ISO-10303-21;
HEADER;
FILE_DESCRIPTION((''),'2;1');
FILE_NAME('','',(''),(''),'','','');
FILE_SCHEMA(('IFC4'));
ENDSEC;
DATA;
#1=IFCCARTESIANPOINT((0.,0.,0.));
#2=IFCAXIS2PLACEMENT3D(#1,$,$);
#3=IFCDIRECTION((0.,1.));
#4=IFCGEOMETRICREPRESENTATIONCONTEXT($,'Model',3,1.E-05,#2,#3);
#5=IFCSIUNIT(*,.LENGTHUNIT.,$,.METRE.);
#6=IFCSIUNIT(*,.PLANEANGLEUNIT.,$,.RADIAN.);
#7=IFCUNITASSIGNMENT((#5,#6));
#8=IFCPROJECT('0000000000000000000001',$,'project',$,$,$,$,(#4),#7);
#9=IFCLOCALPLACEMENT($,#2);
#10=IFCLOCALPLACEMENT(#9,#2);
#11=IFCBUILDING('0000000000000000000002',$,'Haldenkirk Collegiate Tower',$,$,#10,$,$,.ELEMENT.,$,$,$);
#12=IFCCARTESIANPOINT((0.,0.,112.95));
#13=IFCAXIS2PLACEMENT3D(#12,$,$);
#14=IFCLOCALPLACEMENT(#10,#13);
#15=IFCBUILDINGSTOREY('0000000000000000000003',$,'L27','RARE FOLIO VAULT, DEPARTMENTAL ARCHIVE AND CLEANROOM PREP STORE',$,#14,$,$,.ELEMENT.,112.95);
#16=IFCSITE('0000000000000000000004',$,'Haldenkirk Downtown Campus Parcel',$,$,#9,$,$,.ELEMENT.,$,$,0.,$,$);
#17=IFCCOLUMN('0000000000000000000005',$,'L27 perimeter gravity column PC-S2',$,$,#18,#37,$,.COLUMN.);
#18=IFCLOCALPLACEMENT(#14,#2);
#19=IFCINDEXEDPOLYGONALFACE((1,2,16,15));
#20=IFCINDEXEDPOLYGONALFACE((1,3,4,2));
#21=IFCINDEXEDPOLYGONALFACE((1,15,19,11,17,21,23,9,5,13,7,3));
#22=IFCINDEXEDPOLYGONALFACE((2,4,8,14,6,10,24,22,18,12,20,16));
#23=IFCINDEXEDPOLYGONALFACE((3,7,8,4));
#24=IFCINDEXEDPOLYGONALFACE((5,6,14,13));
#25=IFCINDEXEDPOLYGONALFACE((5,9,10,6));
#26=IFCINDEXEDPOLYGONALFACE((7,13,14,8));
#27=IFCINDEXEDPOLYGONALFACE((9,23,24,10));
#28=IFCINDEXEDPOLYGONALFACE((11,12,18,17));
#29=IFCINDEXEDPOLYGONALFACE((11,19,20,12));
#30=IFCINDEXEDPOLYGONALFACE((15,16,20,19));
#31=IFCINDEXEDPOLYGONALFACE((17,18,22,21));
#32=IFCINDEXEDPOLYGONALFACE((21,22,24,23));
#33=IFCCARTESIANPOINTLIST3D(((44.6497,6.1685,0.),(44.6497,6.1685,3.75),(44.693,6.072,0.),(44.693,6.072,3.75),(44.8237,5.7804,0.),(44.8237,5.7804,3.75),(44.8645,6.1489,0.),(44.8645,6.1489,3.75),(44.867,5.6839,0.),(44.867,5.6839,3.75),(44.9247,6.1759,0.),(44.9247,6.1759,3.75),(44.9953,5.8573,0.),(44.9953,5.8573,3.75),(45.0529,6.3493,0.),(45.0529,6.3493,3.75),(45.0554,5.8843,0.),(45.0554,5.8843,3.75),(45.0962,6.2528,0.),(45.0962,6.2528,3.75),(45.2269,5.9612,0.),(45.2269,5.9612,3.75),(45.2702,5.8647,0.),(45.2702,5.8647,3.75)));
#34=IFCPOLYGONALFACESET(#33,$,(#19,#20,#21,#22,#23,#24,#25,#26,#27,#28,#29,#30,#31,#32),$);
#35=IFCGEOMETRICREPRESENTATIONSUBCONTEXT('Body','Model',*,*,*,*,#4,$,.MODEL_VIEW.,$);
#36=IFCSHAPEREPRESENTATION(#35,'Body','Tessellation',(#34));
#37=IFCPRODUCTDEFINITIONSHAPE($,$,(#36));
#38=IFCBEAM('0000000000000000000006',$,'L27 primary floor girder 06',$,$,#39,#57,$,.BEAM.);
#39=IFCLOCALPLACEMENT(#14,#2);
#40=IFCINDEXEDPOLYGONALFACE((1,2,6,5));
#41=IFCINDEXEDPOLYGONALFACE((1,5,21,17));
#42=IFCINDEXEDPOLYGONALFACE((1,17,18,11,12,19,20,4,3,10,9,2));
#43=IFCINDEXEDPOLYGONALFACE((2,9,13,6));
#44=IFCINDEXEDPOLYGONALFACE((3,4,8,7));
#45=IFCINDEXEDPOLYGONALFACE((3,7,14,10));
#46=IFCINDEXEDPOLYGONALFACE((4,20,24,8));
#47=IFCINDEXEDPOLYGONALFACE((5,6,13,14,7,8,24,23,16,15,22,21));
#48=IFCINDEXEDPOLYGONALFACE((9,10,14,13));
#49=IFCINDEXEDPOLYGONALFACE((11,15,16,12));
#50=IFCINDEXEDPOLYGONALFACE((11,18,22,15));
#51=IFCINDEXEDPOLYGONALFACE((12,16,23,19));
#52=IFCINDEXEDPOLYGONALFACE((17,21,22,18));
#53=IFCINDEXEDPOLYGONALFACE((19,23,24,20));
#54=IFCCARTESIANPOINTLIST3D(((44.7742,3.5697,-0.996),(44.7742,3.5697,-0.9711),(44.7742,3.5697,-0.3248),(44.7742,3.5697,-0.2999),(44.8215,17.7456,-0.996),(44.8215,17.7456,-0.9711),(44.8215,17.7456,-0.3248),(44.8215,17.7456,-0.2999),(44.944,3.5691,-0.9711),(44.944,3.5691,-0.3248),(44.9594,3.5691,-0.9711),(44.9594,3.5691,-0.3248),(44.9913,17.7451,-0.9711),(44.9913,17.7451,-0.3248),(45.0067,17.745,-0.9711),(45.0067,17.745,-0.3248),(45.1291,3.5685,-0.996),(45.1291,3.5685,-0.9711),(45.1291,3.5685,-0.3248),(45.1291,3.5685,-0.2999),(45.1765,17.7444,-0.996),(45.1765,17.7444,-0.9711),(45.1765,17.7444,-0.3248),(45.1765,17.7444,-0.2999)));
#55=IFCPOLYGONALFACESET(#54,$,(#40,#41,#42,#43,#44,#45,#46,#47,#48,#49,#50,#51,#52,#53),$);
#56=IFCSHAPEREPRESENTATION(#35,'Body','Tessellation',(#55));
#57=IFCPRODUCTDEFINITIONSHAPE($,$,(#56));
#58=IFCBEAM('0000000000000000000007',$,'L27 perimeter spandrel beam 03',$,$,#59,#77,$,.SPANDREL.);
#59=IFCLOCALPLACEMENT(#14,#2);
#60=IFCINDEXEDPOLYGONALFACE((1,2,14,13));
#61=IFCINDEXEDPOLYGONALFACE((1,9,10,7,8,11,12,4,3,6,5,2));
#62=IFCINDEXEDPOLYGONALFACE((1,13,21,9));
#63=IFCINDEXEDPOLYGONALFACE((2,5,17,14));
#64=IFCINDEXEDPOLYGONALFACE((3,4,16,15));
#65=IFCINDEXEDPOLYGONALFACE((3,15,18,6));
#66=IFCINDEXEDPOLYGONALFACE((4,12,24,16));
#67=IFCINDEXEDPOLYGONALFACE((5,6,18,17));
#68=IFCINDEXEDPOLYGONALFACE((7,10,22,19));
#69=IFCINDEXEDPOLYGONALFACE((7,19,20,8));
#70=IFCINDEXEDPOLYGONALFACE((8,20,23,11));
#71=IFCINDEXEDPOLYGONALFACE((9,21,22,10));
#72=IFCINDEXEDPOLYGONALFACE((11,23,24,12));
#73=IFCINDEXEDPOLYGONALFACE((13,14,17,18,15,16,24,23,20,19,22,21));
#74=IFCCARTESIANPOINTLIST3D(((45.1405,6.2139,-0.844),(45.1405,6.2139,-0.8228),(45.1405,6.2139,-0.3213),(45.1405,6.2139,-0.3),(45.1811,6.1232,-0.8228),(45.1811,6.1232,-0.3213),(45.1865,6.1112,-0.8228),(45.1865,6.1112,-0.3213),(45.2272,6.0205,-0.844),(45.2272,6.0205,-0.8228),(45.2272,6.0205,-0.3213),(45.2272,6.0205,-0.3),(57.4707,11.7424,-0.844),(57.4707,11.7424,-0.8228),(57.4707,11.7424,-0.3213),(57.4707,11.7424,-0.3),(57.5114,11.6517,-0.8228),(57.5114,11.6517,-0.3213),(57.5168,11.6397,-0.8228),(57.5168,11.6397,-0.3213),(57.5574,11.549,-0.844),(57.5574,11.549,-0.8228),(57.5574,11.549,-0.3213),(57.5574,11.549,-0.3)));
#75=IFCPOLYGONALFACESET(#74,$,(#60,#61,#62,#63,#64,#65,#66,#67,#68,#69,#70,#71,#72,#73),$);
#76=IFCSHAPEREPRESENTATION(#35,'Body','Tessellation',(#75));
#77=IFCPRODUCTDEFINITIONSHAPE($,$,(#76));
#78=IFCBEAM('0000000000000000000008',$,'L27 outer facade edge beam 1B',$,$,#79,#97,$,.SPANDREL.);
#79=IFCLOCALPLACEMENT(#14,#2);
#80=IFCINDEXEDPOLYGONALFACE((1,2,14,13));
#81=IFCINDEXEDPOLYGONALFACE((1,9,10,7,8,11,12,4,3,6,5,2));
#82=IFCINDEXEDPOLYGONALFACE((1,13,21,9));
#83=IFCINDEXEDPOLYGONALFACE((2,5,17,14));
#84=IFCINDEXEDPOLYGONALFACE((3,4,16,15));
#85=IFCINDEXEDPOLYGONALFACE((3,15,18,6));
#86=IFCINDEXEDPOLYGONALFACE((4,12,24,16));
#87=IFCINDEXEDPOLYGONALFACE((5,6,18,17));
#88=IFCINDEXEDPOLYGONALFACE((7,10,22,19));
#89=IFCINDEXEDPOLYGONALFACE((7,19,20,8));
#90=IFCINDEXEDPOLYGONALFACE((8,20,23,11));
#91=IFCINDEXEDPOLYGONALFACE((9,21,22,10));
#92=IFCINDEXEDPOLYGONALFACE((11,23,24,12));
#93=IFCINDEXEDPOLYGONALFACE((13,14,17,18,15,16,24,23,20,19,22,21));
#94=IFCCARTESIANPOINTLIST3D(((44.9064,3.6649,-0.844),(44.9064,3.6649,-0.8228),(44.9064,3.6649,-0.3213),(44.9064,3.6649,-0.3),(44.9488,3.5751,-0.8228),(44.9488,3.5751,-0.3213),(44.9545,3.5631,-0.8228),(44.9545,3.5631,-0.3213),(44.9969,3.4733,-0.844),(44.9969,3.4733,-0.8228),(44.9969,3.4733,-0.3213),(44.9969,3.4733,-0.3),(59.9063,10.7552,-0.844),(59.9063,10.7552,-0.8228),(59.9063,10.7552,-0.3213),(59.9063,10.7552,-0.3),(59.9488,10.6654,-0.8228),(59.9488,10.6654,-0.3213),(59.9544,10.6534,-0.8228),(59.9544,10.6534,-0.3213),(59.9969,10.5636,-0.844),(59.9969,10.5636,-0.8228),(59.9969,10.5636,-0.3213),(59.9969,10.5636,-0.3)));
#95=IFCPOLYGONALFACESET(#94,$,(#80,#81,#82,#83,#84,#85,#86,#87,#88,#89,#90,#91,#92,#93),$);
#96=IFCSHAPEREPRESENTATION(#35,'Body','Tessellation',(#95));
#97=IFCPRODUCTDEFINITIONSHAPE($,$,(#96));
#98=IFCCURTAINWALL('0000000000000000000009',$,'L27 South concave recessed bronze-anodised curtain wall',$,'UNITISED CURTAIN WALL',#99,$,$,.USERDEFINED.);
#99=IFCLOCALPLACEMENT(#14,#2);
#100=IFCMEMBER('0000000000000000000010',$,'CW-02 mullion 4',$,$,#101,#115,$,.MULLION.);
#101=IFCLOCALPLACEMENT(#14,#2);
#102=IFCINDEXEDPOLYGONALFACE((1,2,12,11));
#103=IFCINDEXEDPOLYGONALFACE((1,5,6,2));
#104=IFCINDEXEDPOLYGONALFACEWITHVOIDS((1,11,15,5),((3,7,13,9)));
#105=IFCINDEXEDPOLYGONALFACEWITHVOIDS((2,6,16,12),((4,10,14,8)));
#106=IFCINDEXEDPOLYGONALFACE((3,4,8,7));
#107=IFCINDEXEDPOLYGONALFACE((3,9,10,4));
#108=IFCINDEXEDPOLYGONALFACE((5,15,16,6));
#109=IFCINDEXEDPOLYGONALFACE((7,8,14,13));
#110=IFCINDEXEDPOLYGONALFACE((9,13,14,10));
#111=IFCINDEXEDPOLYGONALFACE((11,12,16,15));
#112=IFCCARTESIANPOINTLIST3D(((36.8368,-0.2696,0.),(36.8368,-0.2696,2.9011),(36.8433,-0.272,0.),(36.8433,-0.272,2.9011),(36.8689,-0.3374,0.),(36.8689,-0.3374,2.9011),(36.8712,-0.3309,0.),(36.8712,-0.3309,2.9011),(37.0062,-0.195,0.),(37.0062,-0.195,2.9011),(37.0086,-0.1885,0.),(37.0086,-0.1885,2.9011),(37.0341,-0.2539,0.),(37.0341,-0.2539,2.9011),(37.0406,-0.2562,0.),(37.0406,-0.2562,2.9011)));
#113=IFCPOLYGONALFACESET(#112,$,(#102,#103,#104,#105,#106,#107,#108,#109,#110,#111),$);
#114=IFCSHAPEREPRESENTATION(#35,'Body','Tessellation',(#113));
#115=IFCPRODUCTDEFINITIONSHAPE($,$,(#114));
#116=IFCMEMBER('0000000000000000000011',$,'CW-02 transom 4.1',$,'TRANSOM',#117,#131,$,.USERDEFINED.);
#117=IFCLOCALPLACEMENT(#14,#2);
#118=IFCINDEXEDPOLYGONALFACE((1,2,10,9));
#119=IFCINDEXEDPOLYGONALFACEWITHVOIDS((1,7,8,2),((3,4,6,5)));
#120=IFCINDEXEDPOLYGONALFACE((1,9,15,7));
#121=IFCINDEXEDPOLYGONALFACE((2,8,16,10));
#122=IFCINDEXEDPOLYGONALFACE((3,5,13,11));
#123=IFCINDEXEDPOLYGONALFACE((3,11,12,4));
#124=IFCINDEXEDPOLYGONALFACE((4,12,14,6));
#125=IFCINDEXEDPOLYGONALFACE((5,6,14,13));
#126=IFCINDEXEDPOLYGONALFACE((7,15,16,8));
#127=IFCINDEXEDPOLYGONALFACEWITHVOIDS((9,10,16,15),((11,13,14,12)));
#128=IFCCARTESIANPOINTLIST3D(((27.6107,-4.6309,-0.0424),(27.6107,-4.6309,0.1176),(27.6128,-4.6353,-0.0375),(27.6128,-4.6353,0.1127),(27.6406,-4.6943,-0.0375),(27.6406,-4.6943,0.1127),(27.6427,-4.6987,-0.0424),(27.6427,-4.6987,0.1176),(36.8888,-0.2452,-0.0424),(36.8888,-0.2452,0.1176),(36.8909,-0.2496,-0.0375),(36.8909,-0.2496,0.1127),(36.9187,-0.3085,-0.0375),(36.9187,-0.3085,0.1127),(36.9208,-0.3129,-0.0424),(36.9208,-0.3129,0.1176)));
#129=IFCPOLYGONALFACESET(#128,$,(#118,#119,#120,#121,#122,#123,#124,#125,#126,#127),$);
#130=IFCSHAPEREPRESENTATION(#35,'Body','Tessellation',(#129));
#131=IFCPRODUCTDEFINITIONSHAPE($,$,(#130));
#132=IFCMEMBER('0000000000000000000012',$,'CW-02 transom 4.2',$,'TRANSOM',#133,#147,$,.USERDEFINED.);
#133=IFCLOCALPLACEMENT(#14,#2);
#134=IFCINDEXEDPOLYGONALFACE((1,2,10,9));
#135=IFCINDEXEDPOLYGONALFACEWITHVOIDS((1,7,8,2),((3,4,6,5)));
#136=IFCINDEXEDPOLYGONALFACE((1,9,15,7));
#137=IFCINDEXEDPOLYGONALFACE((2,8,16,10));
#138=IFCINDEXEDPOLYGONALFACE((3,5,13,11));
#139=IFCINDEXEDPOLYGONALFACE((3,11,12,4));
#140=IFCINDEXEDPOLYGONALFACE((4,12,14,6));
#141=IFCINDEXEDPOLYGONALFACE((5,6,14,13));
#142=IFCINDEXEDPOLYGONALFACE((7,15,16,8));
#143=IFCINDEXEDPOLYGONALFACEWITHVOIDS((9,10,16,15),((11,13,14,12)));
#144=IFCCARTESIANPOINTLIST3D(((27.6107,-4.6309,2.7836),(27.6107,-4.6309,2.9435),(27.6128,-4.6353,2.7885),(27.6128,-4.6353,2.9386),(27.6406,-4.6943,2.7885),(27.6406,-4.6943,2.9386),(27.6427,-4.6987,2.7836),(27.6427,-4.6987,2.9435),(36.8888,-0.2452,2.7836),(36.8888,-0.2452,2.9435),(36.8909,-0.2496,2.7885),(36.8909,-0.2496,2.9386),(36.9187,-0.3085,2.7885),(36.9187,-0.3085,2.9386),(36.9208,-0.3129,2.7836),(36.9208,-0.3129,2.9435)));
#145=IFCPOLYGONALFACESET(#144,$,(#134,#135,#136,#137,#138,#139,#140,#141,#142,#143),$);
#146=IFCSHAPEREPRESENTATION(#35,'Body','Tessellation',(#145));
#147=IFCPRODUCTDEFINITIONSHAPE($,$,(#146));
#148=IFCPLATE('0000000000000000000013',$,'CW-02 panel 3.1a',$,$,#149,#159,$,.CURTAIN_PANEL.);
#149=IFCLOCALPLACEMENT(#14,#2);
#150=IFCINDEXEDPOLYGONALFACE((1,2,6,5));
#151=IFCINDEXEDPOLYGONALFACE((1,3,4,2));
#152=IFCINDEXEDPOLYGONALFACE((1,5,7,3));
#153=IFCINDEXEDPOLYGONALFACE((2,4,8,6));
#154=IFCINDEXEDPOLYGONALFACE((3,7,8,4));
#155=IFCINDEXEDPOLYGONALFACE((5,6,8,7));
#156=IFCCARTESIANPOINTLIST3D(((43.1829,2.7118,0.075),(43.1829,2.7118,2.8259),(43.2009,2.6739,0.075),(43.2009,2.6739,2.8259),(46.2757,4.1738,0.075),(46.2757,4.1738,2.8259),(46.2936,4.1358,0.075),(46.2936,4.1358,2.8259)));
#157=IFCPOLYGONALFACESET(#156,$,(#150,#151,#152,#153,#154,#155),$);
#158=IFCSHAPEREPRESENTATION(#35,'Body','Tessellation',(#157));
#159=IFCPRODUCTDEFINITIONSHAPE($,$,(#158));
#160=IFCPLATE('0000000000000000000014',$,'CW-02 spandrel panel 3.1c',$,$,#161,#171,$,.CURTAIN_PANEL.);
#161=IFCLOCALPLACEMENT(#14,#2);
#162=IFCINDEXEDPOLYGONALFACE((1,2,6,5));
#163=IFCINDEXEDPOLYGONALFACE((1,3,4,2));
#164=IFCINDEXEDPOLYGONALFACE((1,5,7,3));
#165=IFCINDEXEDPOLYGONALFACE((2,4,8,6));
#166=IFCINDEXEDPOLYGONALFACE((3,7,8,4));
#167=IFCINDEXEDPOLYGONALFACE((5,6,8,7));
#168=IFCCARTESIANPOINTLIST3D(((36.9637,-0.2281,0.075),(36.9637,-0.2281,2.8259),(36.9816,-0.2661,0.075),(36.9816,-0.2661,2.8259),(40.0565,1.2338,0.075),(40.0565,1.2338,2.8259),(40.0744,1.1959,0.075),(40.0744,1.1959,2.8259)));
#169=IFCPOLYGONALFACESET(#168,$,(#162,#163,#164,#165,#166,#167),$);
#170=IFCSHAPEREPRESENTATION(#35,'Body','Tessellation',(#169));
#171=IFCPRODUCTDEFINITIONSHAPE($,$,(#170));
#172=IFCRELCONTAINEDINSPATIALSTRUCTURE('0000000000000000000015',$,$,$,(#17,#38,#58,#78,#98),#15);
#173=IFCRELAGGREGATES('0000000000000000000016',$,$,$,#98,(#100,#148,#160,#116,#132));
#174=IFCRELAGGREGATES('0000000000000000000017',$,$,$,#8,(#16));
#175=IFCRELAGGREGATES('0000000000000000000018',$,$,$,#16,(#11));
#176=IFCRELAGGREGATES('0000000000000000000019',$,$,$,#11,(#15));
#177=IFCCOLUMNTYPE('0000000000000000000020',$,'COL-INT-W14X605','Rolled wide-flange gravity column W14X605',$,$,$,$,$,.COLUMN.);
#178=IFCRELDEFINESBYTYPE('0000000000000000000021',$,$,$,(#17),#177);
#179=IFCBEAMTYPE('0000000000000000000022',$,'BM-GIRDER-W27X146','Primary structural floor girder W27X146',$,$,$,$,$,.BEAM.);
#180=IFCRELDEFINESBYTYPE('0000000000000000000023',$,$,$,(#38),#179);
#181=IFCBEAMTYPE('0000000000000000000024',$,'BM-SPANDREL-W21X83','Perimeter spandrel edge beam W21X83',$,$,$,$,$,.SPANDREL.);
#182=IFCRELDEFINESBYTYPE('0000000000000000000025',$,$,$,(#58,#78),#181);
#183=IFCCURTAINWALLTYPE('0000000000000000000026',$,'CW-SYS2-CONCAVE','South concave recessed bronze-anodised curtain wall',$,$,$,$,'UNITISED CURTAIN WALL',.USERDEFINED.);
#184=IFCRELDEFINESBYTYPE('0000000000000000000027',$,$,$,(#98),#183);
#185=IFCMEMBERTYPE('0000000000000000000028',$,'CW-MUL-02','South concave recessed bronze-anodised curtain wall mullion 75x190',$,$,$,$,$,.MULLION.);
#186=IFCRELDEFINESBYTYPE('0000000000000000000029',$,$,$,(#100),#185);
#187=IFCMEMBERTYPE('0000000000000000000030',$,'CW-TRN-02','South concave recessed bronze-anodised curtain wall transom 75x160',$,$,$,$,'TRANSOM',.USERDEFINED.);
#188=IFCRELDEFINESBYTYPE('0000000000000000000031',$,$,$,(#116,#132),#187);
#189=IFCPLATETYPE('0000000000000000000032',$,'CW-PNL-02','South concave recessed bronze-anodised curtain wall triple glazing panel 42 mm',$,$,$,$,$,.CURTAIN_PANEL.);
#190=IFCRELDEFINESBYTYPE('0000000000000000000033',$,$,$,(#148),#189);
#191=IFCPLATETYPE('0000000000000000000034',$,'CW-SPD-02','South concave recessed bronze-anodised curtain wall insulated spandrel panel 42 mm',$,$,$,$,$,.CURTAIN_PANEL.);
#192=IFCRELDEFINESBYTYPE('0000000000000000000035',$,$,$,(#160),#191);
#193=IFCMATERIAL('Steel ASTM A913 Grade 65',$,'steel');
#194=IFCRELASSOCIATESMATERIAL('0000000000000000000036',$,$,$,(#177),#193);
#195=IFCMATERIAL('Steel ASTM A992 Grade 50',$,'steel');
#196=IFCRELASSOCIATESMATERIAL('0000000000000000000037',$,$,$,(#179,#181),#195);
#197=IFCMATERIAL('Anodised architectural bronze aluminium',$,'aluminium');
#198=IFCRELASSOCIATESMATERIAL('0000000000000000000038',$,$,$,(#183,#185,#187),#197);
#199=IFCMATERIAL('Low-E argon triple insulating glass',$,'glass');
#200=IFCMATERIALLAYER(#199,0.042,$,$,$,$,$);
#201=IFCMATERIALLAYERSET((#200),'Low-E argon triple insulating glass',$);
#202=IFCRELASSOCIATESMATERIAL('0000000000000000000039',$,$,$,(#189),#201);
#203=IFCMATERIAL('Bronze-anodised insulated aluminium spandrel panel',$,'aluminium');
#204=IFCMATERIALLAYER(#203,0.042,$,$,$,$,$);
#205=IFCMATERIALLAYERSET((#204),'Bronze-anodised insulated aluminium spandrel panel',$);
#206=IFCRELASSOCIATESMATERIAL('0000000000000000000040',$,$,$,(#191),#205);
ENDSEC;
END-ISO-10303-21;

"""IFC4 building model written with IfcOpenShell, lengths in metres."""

from ifc_helpers import new_model, si_unit, direction, frame, origin, origin_2d, place, context, subcontext, project, spatial, rectangle, hollow_rectangle, i_section, extrude, source, transform, mapped, material, layer, layer_set, material_profile, profile_set, type_object, element, aggregate, save


model = new_model("IFC4")

# Units and contexts
model_context = context("Model", 3, precision=1e-05, world=origin(), true_north=direction((0.0, 1.0)))
body_context = subcontext(model_context, "Body", "Model", "MODEL_VIEW")
ifc_project = project(units=[si_unit("LENGTHUNIT", "METRE"), si_unit("PLANEANGLEUNIT", "RADIAN")], contexts=[model_context])

# Site, building, storey
site_placement = place(None, origin())
site = spatial("IfcSite", under=ifc_project, at=site_placement, Name="Haldenkirk Downtown Campus Parcel", CompositionType="ELEMENT", RefElevation=0.0)
building_placement = place(site_placement, origin())
building = spatial("IfcBuilding", under=site, at=building_placement, Name="Haldenkirk Collegiate Tower", CompositionType="ELEMENT")
storey_placement = place(building_placement, frame((0.0, 0.0, 112.95)))
storey = spatial("IfcBuildingStorey", under=building, at=storey_placement, Name="L27", Description="RARE FOLIO VAULT, DEPARTMENTAL ARCHIVE AND CLEANROOM PREP STORE", CompositionType="ELEMENT", Elevation=112.95)

# Column
ifc_material_1 = material(Name="Steel ASTM A913 Grade 65", Category="steel")
ifc_material_profile_1 = material_profile(ifc_material_1, i_section(OverallWidth=0.4419, OverallDepth=0.531, WebThickness=0.0659, FlangeThickness=0.1057, at=origin_2d()), Name="W14X605")
ifc_profile_set_1 = profile_set([ifc_material_profile_1], Name="Steel ASTM A913 Grade 65")
column_type = type_object("IfcColumnType", Name="COL-INT-W14X605", Description="Rolled wide-flange gravity column W14X605", PredefinedType="COLUMN", material=ifc_profile_set_1)
column_placement = place(storey_placement, frame((44.96, 6.0166, 0.0), z_axis=(0.0, 0.0, 1.0), x_axis=(0.912477, 0.409127, 0.0)))
element("IfcColumn", 1, at=column_placement, inside=storey, type_object=column_type, Name="L27 perimeter gravity column PC-S2", PredefinedType="COLUMN", context=body_context, shape_type="SweptSolid", body=[
    extrude(i_section(OverallWidth=0.4419, OverallDepth=0.531, WebThickness=0.0659, FlangeThickness=0.1057, at=origin_2d()), origin(), (0.0, 0.0, 1.0), 3.75),
])

# Beams
ifc_material_2 = material(Name="Steel ASTM A992 Grade 50", Category="steel")
ifc_material_profile_2 = material_profile(ifc_material_2, i_section(OverallWidth=0.355, OverallDepth=0.696, WebThickness=0.0154, FlangeThickness=0.0249, at=origin_2d()), Name="W27X146")
ifc_profile_set_2 = profile_set([ifc_material_profile_2], Name="Steel ASTM A992 Grade 50")
beam_type_1 = type_object("IfcBeamType", Name="BM-GIRDER-W27X146", Description="Primary structural floor girder W27X146", PredefinedType="BEAM", material=ifc_profile_set_2)
beam_1_placement = place(storey_placement, frame((44.9517, 3.5691, -0.6479), z_axis=(0.003341, 0.999994, 0.0), x_axis=(-0.999994, 0.003341, 0.0)))
element("IfcBeam", 2, at=beam_1_placement, inside=storey, type_object=beam_type_1, Name="L27 primary floor girder 06", PredefinedType="BEAM", context=body_context, shape_type="SweptSolid", body=[
    extrude(i_section(OverallWidth=0.355, OverallDepth=0.696, WebThickness=0.0154, FlangeThickness=0.0249, at=origin_2d()), origin(), (0.0, 0.0, 1.0), 14.176),
])
ifc_material_profile_3 = material_profile(ifc_material_2, i_section(OverallWidth=0.2119, OverallDepth=0.5439, WebThickness=0.0132, FlangeThickness=0.0212, at=origin_2d()), Name="W21X83")
ifc_profile_set_3 = profile_set([ifc_material_profile_3], Name="Steel ASTM A992 Grade 50")
beam_type_2 = type_object("IfcBeamType", Name="BM-SPANDREL-W21X83", Description="Perimeter spandrel edge beam W21X83", PredefinedType="SPANDREL", material=ifc_profile_set_3)
beam_2_placement = place(storey_placement, frame((45.1838, 6.1172, -0.572), z_axis=(0.912477, 0.409129, 0.0), x_axis=(-0.409129, 0.912477, 0.0)))
element("IfcBeam", 3, at=beam_2_placement, inside=storey, type_object=beam_type_2, Name="L27 perimeter spandrel beam 03", PredefinedType="SPANDREL", context=body_context, shape_type="SweptSolid", body=[
    extrude(i_section(OverallWidth=0.2119, OverallDepth=0.5439, WebThickness=0.0132, FlangeThickness=0.0212, at=origin_2d()), origin(), (0.0, 0.0, 1.0), 13.5129),
])
beam_3_placement = place(storey_placement, frame((44.9517, 3.5691, -0.572), z_axis=(0.904086, 0.427351, 0.0), x_axis=(-0.427351, 0.904086, 0.0)))
element("IfcBeam", 4, at=beam_3_placement, inside=storey, type_object=beam_type_2, Name="L27 outer facade edge beam 1B", PredefinedType="SPANDREL", context=body_context, shape_type="SweptSolid", body=[
    extrude(i_section(OverallWidth=0.2119, OverallDepth=0.5439, WebThickness=0.0132, FlangeThickness=0.0212, at=origin_2d()), origin(), (0.0, 0.0, 1.0), 16.5913),
])

# Curtain wall, members, plates
ifc_material_3 = material(Name="Anodised architectural bronze aluminium", Category="aluminium")
curtain_wall_type = type_object("IfcCurtainWallType", Name="CW-SYS2-CONCAVE", Description="South concave recessed bronze-anodised curtain wall", ElementType="UNITISED CURTAIN WALL", PredefinedType="USERDEFINED", material=ifc_material_3)
curtain_wall_placement = place(storey_placement, origin())
curtain_wall = element("IfcCurtainWall", 5, at=curtain_wall_placement, inside=storey, type_object=curtain_wall_type, Name="L27 South concave recessed bronze-anodised curtain wall", ObjectType="UNITISED CURTAIN WALL", PredefinedType="USERDEFINED")
ifc_material_profile_4 = material_profile(ifc_material_3, hollow_rectangle(XDim=0.075, YDim=0.1899, WallThickness=0.0049, at=origin_2d()), Name="CW-MUL-02")
ifc_profile_set_4 = profile_set([ifc_material_profile_4], Name="Anodised architectural bronze aluminium")
member_type_1 = type_object("IfcMemberType", Name="CW-MUL-02", Description="South concave recessed bronze-anodised curtain wall mullion 75x190", PredefinedType="MULLION", material=ifc_profile_set_4)
member_1_placement = place(storey_placement, frame((36.9387, -0.2629, 0.0), z_axis=(0.0, 0.0, 1.0), x_axis=(0.427359, -0.904082, 0.0)))
member_1 = element("IfcMember", 6, at=member_1_placement, type_object=member_type_1, Name="CW-02 mullion 4", PredefinedType="MULLION", context=body_context, shape_type="SweptSolid", body=[
    extrude(hollow_rectangle(XDim=0.075, YDim=0.1899, WallThickness=0.0049, at=origin_2d()), origin(), (0.0, 0.0, 1.0), 2.9011),
])
ifc_material_profile_5 = material_profile(ifc_material_3, hollow_rectangle(XDim=0.075, YDim=0.1599, WallThickness=0.0049, at=origin_2d()), Name="CW-TRN-02")
ifc_profile_set_5 = profile_set([ifc_material_profile_5], Name="Anodised architectural bronze aluminium")
member_type_2 = type_object("IfcMemberType", Name="CW-TRN-02", Description="South concave recessed bronze-anodised curtain wall transom 75x160", ElementType="TRANSOM", PredefinedType="USERDEFINED", material=ifc_profile_set_5)
member_2_placement = place(storey_placement, frame((36.9048, -0.2791, 0.0376), z_axis=(-0.904082, -0.427359, 0.0), x_axis=(0.427359, -0.904082, 0.0)))
member_2 = element("IfcMember", 7, at=member_2_placement, type_object=member_type_2, Name="CW-02 transom 4.1", ObjectType="TRANSOM", PredefinedType="USERDEFINED", context=body_context, shape_type="SweptSolid", body=[
    extrude(hollow_rectangle(XDim=0.075, YDim=0.1599, WallThickness=0.0049, at=origin_2d()), origin(), (0.0, 0.0, 1.0), 10.2625),
])
member_3_placement = place(storey_placement, frame((36.9048, -0.2791, 2.8635), z_axis=(-0.904082, -0.427359, 0.0), x_axis=(0.427359, -0.904082, 0.0)))
member_3 = element("IfcMember", 8, at=member_3_placement, type_object=member_type_2, Name="CW-02 transom 4.2", ObjectType="TRANSOM", PredefinedType="USERDEFINED", context=body_context, shape_type="SweptSolid", body=[
    extrude(hollow_rectangle(XDim=0.075, YDim=0.1599, WallThickness=0.0049, at=origin_2d()), origin(), (0.0, 0.0, 1.0), 10.2625),
])
ifc_material_4 = material(Name="Low-E argon triple insulating glass", Category="glass")
ifc_layer_1 = layer(ifc_material_4, 0.042)
ifc_layer_set_1 = layer_set([ifc_layer_1], Name="Low-E argon triple insulating glass")
plate_type_1 = type_object("IfcPlateType", Name="CW-PNL-02", Description="South concave recessed bronze-anodised curtain wall triple glazing panel 42 mm", PredefinedType="CURTAIN_PANEL", material=ifc_layer_set_1)
shared_shape_1 = source(origin(), body_context, "Body", "SweptSolid", [
    extrude(rectangle(XDim=3.4209, YDim=0.042, at=origin_2d()), origin(), (0.0, 0.0, 1.0), 2.751),
])
plate_1_placement = place(storey_placement, frame((44.7383, 3.4238, 0.075), z_axis=(0.0, 0.0, 1.0), x_axis=(-0.904082, -0.427359, 0.0)))
plate_1 = element("IfcPlate", 9, at=plate_1_placement, type_object=plate_type_1, Name="CW-02 panel 3.1a", PredefinedType="CURTAIN_PANEL", context=body_context, shape_type="MappedRepresentation", body=[
    mapped(shared_shape_1, transform((0.0, 0.0, 0.0), x_axis=(1.0, 0.0, 0.0), y_axis=(0.0, 1.0, 0.0), z_axis=(0.0, 0.0, 1.0), scale=1.0)),
])
ifc_material_5 = material(Name="Bronze-anodised insulated aluminium spandrel panel", Category="aluminium")
ifc_layer_2 = layer(ifc_material_5, 0.042)
ifc_layer_set_2 = layer_set([ifc_layer_2], Name="Bronze-anodised insulated aluminium spandrel panel")
plate_type_2 = type_object("IfcPlateType", Name="CW-SPD-02", Description="South concave recessed bronze-anodised curtain wall insulated spandrel panel 42 mm", PredefinedType="CURTAIN_PANEL", material=ifc_layer_set_2)
plate_2_placement = place(storey_placement, frame((38.519, 0.4839, 0.075), z_axis=(0.0, 0.0, 1.0), x_axis=(-0.904082, -0.427359, 0.0)))
plate_2 = element("IfcPlate", 10, at=plate_2_placement, type_object=plate_type_2, Name="CW-02 spandrel panel 3.1c", PredefinedType="CURTAIN_PANEL", context=body_context, shape_type="MappedRepresentation", body=[
    mapped(shared_shape_1, transform((0.0, 0.0, 0.0), x_axis=(1.0, 0.0, 0.0), y_axis=(0.0, 1.0, 0.0), z_axis=(0.0, 0.0, 1.0), scale=1.0)),
])
aggregate(curtain_wall, [member_1, plate_1, plate_2, member_2, member_3])

save(model, "model.ifc")
